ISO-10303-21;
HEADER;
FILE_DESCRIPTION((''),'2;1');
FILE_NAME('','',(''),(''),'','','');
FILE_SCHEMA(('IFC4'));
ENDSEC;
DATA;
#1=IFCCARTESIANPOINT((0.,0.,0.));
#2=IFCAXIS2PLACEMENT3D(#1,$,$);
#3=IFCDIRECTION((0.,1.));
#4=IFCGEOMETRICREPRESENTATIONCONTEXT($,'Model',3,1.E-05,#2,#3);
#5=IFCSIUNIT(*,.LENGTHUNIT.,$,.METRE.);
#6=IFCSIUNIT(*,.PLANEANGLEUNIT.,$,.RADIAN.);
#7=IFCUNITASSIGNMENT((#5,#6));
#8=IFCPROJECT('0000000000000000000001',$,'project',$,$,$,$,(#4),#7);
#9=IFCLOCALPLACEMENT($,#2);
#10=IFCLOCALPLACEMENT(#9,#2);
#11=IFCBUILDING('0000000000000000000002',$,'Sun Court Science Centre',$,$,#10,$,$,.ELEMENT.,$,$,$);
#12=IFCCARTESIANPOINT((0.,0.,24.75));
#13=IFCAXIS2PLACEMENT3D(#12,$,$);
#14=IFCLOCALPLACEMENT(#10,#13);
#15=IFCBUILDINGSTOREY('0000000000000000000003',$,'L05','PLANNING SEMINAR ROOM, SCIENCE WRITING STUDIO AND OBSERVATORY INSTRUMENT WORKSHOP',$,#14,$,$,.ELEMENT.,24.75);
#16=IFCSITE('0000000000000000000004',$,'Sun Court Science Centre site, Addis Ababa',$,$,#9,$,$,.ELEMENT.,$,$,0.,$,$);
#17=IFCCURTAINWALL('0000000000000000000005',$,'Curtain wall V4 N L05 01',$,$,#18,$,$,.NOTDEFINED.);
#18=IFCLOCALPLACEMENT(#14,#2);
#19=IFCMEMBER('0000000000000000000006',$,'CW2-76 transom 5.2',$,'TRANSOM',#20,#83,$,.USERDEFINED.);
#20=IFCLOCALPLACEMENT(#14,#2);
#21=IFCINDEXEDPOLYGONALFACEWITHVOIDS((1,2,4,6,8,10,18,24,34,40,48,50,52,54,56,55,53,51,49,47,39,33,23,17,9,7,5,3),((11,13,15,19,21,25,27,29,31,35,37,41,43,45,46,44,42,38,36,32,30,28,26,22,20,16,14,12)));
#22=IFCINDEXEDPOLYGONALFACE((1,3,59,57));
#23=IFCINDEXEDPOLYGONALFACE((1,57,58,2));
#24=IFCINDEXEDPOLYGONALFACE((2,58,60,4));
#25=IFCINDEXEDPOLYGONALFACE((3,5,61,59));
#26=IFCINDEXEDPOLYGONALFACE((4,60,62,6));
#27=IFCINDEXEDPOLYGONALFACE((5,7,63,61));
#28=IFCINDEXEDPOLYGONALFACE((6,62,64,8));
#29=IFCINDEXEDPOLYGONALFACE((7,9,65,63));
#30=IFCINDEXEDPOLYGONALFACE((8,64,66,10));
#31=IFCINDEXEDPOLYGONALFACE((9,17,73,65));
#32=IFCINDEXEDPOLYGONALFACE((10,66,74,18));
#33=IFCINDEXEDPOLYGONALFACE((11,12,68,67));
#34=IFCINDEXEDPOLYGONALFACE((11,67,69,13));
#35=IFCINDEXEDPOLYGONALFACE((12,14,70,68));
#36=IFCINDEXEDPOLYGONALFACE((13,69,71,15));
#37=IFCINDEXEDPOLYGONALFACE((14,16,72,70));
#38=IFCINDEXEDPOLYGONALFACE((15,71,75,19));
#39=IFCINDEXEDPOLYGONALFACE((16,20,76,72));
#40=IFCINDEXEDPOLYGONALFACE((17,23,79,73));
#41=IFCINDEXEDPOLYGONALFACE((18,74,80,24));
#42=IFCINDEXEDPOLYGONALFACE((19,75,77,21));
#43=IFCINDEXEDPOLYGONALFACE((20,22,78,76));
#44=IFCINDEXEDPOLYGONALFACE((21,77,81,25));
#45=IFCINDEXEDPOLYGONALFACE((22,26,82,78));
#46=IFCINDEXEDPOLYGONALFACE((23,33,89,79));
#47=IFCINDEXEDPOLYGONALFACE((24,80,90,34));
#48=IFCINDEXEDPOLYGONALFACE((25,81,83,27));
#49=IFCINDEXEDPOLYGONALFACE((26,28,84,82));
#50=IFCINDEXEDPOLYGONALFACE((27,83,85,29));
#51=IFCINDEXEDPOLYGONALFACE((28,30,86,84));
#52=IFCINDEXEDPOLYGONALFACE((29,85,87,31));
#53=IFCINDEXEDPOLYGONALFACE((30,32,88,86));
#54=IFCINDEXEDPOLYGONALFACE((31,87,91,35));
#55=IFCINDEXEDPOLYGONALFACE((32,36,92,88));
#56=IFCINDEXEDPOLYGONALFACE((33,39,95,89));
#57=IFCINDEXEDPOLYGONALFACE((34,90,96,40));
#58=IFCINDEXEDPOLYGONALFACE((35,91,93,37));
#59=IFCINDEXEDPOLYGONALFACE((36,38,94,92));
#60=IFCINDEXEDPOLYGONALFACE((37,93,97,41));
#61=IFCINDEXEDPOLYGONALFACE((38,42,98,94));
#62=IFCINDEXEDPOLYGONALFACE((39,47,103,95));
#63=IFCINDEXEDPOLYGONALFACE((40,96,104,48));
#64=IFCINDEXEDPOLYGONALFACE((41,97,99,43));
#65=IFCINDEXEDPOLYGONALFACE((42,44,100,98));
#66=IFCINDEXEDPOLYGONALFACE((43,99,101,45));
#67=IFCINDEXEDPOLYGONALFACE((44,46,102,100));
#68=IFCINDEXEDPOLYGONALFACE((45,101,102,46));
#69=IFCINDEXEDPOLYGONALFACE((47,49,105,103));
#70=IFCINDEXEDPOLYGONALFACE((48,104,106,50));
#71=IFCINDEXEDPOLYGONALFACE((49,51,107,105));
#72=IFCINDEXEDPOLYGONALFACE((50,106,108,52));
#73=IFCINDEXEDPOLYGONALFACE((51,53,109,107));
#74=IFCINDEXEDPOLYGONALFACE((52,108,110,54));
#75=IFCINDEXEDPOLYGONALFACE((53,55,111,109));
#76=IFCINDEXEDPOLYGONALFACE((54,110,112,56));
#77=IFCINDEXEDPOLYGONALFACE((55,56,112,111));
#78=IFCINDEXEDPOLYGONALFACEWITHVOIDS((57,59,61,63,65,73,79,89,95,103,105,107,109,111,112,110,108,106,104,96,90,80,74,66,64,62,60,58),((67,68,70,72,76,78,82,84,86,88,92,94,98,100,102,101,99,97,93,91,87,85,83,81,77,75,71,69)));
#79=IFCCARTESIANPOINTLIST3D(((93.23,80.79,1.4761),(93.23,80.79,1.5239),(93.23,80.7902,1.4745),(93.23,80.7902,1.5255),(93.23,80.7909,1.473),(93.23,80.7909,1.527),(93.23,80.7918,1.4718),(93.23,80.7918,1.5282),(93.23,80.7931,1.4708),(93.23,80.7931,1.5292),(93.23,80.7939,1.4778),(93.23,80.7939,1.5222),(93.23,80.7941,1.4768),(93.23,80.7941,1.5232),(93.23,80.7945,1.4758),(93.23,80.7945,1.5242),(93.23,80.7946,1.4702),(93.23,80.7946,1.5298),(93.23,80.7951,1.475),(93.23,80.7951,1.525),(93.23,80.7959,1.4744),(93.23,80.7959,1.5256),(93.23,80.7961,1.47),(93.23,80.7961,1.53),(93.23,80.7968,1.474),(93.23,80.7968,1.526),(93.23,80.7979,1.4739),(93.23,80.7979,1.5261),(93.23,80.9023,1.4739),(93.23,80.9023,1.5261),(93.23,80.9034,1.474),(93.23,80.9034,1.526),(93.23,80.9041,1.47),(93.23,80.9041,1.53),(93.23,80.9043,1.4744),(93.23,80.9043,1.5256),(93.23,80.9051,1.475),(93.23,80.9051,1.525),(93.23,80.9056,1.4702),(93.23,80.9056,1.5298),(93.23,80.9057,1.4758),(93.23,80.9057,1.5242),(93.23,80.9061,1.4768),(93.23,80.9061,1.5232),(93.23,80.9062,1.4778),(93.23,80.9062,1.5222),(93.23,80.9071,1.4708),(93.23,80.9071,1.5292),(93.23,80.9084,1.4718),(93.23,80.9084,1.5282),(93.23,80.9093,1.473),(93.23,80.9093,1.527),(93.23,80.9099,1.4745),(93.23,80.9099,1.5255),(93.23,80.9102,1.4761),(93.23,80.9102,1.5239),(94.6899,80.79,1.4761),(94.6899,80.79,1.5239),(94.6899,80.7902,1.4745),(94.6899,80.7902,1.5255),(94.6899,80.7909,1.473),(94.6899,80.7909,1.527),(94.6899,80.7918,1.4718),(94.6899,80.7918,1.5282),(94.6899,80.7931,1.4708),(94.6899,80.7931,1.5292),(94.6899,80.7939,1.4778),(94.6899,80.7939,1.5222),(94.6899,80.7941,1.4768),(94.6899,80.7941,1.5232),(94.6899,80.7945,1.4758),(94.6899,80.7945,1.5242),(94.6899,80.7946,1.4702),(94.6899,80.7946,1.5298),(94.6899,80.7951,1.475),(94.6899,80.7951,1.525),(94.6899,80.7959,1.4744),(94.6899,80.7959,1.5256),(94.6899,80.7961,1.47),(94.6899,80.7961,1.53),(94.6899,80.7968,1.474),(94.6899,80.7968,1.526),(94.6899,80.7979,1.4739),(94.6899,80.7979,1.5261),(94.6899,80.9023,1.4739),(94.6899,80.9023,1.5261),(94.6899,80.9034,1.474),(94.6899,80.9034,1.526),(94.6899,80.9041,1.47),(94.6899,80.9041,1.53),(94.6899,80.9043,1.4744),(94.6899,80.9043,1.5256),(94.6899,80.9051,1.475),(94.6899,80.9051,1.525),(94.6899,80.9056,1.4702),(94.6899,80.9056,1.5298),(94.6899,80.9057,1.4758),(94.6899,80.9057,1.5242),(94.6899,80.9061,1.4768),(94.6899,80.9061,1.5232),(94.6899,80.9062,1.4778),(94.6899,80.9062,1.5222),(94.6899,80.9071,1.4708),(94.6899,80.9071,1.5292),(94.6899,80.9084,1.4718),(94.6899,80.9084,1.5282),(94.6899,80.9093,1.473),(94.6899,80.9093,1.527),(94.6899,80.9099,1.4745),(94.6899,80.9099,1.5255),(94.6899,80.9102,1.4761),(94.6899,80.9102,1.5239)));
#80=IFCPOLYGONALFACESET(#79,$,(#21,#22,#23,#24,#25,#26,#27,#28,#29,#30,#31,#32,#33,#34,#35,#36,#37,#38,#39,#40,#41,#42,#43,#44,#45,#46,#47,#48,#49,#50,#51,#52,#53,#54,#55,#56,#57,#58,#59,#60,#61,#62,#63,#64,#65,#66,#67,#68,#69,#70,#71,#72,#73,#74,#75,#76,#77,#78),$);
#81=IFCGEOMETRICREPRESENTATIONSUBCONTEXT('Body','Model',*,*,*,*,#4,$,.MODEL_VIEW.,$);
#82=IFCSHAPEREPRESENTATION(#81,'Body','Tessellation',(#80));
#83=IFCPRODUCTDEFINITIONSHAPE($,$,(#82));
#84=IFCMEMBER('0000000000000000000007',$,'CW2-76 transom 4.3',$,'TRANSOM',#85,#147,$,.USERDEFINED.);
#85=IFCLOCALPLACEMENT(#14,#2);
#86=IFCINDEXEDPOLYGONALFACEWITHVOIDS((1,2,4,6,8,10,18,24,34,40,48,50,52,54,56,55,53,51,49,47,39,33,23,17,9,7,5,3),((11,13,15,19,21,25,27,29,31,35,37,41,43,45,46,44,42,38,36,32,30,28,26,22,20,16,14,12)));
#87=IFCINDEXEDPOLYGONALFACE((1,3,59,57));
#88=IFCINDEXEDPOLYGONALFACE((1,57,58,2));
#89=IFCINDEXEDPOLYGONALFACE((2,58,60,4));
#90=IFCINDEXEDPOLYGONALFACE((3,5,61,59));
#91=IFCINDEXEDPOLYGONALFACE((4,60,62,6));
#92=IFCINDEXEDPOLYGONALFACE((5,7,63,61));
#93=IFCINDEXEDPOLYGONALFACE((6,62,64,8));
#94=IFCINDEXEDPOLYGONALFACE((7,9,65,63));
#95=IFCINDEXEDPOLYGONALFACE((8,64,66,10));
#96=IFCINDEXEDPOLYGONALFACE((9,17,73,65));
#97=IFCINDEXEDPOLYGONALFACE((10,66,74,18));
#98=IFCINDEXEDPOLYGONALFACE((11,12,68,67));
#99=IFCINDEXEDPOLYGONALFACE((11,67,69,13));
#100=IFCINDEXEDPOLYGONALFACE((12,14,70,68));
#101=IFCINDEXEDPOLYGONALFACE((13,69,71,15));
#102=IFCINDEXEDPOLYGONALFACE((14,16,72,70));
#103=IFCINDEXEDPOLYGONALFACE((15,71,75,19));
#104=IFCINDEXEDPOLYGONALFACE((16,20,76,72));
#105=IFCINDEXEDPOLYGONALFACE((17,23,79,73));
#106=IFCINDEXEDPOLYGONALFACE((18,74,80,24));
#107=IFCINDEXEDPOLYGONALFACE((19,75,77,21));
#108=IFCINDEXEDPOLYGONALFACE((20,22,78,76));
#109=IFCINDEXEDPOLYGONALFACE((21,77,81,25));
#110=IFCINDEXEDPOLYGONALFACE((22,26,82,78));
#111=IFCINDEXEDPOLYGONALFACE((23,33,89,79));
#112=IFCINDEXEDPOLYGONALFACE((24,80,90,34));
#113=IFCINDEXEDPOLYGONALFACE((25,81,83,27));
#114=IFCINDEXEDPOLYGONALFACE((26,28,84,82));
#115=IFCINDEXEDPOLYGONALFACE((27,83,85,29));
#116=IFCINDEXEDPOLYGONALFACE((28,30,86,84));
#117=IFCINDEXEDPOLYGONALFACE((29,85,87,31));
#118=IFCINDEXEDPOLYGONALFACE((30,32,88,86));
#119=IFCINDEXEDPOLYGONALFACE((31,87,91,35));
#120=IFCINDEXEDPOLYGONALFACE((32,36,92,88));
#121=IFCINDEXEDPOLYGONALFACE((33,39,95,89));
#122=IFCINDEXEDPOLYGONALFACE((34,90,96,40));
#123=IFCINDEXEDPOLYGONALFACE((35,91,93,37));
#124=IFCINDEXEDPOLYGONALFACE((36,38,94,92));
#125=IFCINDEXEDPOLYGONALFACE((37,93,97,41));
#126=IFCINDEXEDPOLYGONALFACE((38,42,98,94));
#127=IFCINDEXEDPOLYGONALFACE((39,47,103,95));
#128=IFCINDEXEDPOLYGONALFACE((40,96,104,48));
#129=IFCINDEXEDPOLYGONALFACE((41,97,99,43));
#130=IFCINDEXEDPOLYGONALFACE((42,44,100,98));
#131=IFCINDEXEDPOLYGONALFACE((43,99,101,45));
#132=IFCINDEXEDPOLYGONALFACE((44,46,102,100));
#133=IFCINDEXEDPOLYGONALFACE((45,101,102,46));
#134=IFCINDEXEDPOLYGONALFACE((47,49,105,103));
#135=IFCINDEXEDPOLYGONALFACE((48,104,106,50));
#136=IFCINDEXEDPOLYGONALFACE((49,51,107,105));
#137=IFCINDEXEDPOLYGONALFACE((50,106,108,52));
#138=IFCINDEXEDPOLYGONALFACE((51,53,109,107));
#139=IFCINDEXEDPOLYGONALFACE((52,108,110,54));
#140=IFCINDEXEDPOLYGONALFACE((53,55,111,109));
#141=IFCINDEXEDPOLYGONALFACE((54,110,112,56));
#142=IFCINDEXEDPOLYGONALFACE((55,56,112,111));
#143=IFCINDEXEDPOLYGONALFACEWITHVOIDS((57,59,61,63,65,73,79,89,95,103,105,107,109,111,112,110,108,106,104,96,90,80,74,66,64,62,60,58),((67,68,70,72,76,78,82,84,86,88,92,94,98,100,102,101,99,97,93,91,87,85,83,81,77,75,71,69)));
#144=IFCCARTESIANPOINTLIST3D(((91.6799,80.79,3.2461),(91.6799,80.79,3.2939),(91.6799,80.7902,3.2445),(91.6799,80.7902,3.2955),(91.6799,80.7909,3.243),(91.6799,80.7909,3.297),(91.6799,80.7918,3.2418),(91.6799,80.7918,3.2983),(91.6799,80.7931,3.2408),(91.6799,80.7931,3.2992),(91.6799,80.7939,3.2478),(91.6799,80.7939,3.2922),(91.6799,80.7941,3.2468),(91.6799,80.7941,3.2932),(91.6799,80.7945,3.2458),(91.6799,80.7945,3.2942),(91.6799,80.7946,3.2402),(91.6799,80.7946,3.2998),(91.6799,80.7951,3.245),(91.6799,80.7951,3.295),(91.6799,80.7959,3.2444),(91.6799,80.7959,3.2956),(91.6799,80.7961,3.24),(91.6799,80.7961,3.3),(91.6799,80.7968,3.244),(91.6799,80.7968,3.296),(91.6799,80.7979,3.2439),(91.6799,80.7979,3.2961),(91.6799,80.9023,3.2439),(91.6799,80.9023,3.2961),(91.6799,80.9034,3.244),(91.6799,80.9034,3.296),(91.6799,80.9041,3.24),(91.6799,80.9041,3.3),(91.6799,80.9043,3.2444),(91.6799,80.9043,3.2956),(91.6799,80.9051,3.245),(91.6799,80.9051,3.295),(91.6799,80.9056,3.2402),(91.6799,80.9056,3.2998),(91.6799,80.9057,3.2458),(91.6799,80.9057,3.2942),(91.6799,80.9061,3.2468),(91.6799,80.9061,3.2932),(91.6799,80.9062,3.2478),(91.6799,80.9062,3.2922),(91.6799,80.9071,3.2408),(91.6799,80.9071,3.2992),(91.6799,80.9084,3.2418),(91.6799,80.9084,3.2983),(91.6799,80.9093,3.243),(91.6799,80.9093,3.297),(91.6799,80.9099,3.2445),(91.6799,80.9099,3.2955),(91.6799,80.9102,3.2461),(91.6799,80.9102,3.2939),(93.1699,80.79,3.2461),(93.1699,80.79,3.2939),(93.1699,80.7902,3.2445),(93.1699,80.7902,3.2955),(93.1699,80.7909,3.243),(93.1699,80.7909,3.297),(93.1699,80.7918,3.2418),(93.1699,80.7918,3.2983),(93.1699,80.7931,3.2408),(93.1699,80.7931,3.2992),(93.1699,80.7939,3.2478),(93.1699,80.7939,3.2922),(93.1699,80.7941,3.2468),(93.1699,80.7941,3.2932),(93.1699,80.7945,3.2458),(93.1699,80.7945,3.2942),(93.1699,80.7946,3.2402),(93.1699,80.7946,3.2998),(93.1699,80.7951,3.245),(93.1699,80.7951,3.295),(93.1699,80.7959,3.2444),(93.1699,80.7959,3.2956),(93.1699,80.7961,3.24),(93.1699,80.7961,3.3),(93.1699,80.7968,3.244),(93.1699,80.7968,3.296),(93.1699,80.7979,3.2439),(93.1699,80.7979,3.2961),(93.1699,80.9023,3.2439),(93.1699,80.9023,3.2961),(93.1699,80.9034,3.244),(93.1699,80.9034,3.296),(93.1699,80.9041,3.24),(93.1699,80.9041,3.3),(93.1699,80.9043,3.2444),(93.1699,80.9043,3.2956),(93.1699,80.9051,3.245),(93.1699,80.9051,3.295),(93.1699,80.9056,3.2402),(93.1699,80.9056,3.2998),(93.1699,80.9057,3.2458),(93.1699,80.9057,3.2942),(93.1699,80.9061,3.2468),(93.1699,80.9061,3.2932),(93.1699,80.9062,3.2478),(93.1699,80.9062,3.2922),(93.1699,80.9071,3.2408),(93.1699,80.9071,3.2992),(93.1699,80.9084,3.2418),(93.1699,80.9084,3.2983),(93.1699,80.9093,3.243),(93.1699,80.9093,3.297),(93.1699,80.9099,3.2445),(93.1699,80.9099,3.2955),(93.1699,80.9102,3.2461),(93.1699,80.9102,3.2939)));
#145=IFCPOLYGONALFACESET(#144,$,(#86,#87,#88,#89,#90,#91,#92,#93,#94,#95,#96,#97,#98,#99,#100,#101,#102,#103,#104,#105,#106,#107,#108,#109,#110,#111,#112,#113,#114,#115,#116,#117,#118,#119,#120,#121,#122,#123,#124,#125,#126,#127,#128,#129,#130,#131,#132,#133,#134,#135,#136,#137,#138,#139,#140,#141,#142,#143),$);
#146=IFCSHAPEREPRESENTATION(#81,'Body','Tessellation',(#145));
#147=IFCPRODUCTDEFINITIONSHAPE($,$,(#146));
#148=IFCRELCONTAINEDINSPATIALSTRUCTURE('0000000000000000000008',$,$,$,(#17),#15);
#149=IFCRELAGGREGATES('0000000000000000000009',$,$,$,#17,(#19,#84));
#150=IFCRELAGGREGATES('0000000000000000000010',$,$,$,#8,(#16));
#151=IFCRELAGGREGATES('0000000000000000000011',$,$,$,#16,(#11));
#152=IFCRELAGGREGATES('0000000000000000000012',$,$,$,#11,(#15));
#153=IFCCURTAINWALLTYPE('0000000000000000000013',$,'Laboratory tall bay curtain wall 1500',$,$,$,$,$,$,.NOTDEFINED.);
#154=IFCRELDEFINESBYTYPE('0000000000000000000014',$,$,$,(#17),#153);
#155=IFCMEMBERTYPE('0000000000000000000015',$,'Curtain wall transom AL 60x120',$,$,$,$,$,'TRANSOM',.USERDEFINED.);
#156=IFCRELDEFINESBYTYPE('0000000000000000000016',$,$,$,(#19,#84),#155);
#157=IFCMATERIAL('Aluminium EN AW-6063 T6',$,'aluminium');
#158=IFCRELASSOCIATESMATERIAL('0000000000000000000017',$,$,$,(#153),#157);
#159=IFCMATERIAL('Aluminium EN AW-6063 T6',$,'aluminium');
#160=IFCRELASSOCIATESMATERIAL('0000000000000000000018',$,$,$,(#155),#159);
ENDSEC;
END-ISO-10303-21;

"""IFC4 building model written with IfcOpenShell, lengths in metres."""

from ifc_helpers import new_model, si_unit, direction, frame, origin, origin_2d, place, context, subcontext, project, spatial, hollow_rectangle, extrude, material, material_profile, profile_set, type_object, element, aggregate, save


model = new_model("IFC4")

# Units and contexts
model_context = context("Model", 3, precision=1e-05, world=origin(), true_north=direction((0.0, 1.0)))
body_context = subcontext(model_context, "Body", "Model", "MODEL_VIEW")
ifc_project = project(units=[si_unit("LENGTHUNIT", "METRE"), si_unit("PLANEANGLEUNIT", "RADIAN")], contexts=[model_context])

# Site, building, storey
site_placement = place(None, origin())
site = spatial("IfcSite", under=ifc_project, at=site_placement, Name="Sun Court Science Centre site, Addis Ababa", CompositionType="ELEMENT", RefElevation=0.0)
building_placement = place(site_placement, origin())
building = spatial("IfcBuilding", under=site, at=building_placement, Name="Sun Court Science Centre", CompositionType="ELEMENT")
storey_placement = place(building_placement, frame((0.0, 0.0, 24.75)))
storey = spatial("IfcBuildingStorey", under=building, at=storey_placement, Name="L05", Description="PLANNING SEMINAR ROOM, SCIENCE WRITING STUDIO AND OBSERVATORY INSTRUMENT WORKSHOP", CompositionType="ELEMENT", Elevation=24.75)

# Curtain wall, members
ifc_material_1 = material(Name="Aluminium EN AW-6063 T6", Category="aluminium")
curtain_wall_type = type_object("IfcCurtainWallType", Name="Laboratory tall bay curtain wall 1500", PredefinedType="NOTDEFINED", material=ifc_material_1)
curtain_wall_placement = place(storey_placement, origin())
curtain_wall = element("IfcCurtainWall", 1, at=curtain_wall_placement, inside=storey, type_object=curtain_wall_type, Name="Curtain wall V4 N L05 01", PredefinedType="NOTDEFINED")
ifc_material_2 = material(Name="Aluminium EN AW-6063 T6", Category="aluminium")
ifc_material_profile_1 = material_profile(ifc_material_2, hollow_rectangle(XDim=0.0601, YDim=0.1201, WallThickness=0.0039, InnerFilletRadius=0.0039, OuterFilletRadius=0.0061, at=origin_2d()), Name="AL 60x120x4")
ifc_profile_set_1 = profile_set([ifc_material_profile_1], Name="Aluminium EN AW-6063 T6")
member_type_1 = type_object("IfcMemberType", Name="Curtain wall transom AL 60x120", ElementType="TRANSOM", PredefinedType="USERDEFINED", material=ifc_profile_set_1)
member_1_placement = place(storey_placement, frame((93.23, 80.8501, 1.5), z_axis=(1.0, 0.0, 0.0), x_axis=(0.0, 0.0, 1.0)))
member_1 = element("IfcMember", 2, at=member_1_placement, type_object=member_type_1, Name="CW2-76 transom 5.2", ObjectType="TRANSOM", PredefinedType="USERDEFINED", context=body_context, shape_type="SweptSolid", body=[
    extrude(hollow_rectangle(XDim=0.0601, YDim=0.1201, WallThickness=0.0039, InnerFilletRadius=0.0039, OuterFilletRadius=0.0061, at=origin_2d()), origin(), (0.0, 0.0, 1.0), 1.46),
])
member_2_placement = place(storey_placement, frame((91.6799, 80.8501, 3.27), z_axis=(1.0, 0.0, 0.0), x_axis=(0.0, 0.0, 1.0)))
member_2 = element("IfcMember", 3, at=member_2_placement, type_object=member_type_1, Name="CW2-76 transom 4.3", ObjectType="TRANSOM", PredefinedType="USERDEFINED", context=body_context, shape_type="SweptSolid", body=[
    extrude(hollow_rectangle(XDim=0.0601, YDim=0.1201, WallThickness=0.0039, InnerFilletRadius=0.0039, OuterFilletRadius=0.0061, at=origin_2d()), origin(), (0.0, 0.0, 1.0), 1.49),
])

aggregate(curtain_wall, [member_1, member_2])

save(model, "model.ifc")
